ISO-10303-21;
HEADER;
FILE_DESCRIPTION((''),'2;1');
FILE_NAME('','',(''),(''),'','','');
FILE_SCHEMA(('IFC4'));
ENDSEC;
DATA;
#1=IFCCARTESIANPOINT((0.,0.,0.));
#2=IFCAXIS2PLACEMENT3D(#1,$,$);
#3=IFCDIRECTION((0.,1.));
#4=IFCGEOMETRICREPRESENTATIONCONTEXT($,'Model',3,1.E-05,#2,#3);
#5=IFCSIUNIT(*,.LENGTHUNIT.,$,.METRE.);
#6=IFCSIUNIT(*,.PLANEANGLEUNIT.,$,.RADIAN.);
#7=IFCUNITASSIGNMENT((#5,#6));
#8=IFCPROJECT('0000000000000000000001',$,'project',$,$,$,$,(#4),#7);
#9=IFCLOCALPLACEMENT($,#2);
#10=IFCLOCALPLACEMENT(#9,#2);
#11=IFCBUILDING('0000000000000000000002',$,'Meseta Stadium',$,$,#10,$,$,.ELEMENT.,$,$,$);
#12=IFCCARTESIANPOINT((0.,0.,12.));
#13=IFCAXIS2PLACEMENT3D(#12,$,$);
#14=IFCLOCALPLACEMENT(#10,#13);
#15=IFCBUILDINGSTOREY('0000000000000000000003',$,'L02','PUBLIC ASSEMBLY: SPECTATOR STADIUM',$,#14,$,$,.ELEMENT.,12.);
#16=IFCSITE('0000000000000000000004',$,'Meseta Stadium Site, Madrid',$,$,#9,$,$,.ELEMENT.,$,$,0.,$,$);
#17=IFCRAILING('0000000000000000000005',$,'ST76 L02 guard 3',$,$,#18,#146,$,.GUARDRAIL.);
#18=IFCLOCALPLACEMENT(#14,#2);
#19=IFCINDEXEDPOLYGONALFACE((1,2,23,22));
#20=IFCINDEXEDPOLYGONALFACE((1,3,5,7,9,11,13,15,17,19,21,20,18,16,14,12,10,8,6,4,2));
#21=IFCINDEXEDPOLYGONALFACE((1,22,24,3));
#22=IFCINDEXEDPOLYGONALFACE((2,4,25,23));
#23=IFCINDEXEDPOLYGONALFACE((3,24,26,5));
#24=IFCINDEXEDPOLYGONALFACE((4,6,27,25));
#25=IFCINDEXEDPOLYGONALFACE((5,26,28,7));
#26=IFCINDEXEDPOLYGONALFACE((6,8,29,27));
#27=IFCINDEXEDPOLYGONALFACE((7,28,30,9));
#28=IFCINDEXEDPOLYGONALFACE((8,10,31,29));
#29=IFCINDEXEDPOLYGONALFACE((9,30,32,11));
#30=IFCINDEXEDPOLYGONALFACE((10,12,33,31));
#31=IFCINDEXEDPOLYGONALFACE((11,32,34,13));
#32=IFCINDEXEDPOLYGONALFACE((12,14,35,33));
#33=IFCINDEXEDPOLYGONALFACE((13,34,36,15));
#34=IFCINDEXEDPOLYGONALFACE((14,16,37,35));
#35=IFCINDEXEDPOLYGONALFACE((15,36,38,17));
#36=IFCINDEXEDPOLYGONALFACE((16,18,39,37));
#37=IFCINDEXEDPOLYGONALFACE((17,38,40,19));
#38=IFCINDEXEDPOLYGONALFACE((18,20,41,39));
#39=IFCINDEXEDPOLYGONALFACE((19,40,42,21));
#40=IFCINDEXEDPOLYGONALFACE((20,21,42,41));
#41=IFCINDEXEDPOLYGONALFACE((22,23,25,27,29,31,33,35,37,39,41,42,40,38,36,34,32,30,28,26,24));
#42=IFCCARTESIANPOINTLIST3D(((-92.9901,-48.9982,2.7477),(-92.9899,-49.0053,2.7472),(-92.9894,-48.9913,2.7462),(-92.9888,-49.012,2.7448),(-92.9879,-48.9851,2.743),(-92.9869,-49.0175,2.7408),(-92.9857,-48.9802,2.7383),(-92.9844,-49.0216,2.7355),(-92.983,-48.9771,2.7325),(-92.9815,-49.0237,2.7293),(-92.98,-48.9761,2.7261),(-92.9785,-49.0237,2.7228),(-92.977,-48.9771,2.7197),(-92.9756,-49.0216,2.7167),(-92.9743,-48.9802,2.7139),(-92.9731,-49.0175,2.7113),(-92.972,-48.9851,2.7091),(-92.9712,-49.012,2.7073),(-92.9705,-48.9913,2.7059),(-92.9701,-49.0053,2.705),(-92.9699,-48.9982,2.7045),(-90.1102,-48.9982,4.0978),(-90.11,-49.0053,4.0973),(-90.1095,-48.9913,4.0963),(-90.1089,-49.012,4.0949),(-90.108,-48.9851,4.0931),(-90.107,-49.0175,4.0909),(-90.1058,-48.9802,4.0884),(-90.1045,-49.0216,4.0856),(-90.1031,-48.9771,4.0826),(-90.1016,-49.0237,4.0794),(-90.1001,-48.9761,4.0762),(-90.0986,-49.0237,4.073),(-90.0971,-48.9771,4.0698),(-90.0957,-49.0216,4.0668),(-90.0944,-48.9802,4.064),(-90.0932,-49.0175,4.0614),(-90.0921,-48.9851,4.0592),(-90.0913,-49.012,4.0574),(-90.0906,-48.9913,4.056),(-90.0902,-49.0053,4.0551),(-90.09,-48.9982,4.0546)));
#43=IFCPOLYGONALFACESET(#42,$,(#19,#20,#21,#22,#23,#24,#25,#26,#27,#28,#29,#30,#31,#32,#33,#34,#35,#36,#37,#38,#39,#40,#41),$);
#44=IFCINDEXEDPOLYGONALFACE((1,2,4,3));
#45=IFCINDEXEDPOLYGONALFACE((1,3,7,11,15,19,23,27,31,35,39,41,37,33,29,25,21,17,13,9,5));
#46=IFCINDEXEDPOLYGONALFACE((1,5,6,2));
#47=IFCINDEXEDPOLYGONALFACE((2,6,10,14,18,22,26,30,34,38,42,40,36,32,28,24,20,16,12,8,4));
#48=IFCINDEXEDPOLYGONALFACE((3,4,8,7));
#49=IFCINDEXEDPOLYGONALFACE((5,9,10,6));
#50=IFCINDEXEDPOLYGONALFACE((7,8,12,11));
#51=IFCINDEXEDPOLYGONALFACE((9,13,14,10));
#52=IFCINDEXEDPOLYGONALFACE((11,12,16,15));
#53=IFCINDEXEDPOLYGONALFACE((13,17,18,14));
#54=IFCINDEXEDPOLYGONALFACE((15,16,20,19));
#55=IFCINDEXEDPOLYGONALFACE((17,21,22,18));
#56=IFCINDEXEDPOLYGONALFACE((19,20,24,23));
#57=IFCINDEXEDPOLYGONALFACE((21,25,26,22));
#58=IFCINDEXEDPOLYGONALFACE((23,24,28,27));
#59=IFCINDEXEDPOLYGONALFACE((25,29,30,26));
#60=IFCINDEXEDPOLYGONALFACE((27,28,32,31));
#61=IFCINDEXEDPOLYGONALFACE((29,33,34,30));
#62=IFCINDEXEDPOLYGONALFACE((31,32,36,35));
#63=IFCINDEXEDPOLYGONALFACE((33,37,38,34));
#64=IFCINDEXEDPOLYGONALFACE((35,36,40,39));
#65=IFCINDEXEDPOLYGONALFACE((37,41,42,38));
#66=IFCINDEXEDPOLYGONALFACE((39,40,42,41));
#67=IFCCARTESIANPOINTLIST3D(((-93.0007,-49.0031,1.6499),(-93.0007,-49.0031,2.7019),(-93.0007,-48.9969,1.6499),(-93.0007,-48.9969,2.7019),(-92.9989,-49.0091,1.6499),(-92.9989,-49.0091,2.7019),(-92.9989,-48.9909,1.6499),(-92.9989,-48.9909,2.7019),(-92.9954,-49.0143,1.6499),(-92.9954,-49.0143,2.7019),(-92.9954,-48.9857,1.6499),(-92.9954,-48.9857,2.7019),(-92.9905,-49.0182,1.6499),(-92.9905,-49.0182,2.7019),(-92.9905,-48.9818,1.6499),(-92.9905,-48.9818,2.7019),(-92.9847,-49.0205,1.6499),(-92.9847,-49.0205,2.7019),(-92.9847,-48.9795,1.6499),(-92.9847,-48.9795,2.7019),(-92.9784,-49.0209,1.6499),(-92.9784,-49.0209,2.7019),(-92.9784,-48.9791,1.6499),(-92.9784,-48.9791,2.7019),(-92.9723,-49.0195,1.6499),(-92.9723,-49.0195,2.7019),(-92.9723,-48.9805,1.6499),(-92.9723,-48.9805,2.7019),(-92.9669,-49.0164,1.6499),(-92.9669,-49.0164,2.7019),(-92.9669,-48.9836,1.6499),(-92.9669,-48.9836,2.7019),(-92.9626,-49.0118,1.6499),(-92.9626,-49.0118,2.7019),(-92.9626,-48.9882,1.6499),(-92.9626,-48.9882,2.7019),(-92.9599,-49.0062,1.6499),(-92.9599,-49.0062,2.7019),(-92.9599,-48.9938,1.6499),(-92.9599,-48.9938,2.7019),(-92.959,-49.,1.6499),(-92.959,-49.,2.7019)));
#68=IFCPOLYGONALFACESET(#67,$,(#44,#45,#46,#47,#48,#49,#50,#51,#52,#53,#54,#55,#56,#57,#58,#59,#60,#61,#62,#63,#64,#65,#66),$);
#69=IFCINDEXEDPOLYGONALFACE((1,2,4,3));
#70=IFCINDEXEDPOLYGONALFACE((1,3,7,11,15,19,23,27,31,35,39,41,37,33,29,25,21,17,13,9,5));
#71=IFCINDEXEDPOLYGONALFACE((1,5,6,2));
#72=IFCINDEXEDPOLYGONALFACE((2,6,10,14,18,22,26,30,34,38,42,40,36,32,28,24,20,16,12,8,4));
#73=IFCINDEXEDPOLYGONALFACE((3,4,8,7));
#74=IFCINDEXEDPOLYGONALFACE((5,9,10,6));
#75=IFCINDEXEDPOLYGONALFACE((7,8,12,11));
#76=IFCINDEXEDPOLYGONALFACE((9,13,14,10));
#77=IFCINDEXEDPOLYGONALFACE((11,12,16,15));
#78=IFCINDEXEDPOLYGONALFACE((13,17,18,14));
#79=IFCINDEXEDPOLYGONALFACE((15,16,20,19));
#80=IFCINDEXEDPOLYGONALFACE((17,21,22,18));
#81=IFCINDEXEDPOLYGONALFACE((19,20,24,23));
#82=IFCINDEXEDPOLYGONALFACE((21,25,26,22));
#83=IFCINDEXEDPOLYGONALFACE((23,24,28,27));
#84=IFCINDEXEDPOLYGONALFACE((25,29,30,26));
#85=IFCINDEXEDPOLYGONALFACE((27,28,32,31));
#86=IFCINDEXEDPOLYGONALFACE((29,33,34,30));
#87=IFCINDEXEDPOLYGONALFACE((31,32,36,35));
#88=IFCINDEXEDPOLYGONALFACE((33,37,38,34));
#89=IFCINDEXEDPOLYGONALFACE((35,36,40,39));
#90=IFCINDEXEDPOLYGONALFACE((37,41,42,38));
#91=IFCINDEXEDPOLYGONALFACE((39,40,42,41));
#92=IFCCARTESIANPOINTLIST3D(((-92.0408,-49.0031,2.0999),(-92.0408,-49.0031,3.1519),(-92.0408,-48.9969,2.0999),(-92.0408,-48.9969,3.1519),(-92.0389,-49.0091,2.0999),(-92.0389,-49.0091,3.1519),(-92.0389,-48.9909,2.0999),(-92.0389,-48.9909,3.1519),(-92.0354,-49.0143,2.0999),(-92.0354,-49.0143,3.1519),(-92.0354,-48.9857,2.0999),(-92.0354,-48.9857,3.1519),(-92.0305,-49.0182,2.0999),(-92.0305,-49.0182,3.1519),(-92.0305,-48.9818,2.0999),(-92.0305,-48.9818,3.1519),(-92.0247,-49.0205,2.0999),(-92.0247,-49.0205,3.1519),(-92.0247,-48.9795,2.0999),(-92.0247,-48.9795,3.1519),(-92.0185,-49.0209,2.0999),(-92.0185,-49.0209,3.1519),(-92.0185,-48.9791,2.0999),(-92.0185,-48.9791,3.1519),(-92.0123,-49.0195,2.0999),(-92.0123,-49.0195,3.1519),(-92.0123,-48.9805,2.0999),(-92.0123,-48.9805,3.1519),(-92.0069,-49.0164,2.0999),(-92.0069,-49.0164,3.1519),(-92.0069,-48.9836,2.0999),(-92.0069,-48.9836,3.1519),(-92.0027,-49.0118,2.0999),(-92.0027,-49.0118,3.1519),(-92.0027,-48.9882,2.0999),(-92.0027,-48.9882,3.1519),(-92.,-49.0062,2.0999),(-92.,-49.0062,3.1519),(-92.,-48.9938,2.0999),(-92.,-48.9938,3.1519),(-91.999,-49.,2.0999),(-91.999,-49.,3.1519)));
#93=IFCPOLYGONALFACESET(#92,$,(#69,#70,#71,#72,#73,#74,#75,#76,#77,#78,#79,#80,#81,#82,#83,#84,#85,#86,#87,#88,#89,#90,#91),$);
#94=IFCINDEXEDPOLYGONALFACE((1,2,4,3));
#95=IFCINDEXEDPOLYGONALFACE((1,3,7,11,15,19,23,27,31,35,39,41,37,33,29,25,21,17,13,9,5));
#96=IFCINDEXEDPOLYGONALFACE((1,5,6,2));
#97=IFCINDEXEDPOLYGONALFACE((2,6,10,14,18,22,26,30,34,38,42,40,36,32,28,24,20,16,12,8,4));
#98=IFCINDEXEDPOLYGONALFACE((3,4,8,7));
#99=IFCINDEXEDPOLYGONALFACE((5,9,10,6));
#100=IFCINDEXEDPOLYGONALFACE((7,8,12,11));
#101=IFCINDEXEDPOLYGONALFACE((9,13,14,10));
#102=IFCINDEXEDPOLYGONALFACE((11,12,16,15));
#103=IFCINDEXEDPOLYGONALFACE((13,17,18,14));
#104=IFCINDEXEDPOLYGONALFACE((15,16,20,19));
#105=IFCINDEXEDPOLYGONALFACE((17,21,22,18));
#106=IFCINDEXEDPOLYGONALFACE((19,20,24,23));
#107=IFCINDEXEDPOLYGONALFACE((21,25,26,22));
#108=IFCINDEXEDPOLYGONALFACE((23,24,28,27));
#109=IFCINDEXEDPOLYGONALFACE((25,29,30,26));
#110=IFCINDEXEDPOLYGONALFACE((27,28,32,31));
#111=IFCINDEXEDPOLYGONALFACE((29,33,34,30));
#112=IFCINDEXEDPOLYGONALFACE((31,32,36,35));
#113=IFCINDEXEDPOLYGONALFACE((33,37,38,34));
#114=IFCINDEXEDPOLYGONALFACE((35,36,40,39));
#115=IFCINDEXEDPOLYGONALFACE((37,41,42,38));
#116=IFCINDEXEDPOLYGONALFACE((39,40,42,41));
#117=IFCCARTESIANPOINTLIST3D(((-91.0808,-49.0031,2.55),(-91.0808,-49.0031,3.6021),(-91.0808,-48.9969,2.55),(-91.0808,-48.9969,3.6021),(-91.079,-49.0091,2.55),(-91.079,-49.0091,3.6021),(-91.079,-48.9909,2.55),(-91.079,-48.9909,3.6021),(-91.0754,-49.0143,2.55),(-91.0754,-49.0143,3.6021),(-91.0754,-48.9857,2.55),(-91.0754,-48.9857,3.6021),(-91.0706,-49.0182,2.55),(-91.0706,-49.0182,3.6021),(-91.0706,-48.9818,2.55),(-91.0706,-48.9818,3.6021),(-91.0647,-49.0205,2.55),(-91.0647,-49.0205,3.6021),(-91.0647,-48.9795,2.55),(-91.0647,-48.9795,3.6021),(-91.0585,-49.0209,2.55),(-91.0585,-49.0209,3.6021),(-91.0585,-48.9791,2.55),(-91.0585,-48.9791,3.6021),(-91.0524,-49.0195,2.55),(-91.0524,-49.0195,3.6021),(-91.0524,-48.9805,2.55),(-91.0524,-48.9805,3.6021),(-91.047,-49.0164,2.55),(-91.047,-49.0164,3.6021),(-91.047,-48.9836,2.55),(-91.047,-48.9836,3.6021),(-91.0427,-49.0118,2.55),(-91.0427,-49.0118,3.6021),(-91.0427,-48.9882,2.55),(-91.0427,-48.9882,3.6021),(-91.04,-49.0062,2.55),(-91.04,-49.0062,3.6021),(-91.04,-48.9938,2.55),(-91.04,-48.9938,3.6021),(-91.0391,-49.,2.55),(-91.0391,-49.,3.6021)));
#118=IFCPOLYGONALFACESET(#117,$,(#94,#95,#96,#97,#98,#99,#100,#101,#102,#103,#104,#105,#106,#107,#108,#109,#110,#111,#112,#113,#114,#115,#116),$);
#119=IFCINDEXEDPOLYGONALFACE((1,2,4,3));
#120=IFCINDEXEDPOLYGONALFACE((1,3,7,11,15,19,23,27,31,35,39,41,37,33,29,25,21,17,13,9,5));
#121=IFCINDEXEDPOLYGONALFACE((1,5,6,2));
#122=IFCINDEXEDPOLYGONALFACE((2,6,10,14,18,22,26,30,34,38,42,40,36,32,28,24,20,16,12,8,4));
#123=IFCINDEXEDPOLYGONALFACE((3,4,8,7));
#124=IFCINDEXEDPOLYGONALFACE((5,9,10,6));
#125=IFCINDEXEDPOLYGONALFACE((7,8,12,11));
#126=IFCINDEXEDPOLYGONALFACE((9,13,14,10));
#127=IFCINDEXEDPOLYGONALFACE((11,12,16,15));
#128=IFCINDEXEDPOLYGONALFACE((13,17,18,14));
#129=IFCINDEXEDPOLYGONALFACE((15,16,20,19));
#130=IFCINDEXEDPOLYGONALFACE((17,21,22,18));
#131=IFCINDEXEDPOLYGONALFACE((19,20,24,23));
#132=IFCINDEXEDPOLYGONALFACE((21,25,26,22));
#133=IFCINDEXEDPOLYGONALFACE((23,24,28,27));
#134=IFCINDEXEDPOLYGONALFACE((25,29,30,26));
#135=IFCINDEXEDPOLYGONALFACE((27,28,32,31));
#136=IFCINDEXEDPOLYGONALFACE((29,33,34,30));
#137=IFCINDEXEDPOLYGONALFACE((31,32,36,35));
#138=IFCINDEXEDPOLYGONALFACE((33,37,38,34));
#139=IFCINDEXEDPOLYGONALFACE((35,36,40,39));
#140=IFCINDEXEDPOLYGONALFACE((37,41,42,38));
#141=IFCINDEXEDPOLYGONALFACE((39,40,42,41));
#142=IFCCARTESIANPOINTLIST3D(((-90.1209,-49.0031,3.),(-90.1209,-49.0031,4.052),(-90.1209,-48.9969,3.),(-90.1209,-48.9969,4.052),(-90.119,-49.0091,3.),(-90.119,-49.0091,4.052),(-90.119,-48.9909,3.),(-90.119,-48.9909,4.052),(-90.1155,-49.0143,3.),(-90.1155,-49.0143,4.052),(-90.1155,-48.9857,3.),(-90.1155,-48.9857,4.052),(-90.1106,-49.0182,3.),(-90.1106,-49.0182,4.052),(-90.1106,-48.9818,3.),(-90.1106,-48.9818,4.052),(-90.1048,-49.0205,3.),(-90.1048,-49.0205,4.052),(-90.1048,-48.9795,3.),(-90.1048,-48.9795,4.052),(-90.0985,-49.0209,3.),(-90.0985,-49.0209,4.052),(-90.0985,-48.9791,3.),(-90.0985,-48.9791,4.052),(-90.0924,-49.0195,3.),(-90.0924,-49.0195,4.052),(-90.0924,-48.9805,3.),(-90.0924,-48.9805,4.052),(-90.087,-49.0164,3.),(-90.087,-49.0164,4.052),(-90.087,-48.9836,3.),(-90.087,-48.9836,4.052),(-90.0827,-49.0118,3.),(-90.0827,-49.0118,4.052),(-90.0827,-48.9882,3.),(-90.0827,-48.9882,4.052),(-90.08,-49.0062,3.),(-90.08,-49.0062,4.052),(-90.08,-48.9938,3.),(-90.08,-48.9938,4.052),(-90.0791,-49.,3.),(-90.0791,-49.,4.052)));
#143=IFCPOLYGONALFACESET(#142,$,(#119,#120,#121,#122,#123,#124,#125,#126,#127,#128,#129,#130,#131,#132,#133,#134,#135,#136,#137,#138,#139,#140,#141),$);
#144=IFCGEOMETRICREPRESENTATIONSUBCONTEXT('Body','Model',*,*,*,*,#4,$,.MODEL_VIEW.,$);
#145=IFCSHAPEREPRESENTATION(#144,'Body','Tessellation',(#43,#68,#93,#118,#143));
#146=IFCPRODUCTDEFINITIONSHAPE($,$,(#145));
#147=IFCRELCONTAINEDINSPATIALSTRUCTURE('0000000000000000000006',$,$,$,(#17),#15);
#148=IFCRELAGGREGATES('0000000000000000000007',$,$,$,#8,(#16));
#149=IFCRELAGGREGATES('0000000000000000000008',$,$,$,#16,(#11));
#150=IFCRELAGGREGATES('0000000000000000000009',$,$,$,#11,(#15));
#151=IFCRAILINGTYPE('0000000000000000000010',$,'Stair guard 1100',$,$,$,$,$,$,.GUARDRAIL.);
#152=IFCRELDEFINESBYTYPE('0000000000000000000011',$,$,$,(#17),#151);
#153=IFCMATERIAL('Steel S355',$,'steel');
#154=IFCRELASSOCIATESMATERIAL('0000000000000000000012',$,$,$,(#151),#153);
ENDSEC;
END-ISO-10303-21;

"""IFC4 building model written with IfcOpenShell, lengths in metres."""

from ifc_helpers import new_model, si_unit, direction, frame, origin, origin_2d, place, context, subcontext, project, spatial, circle, extrude, material, type_object, element, save


model = new_model("IFC4")

# Units and contexts
model_context = context("Model", 3, precision=1e-05, world=origin(), true_north=direction((0.0, 1.0)))
body_context = subcontext(model_context, "Body", "Model", "MODEL_VIEW")
ifc_project = project(units=[si_unit("LENGTHUNIT", "METRE"), si_unit("PLANEANGLEUNIT", "RADIAN")], contexts=[model_context])

# Site, building, storey
site_placement = place(None, origin())
site = spatial("IfcSite", under=ifc_project, at=site_placement, Name="Meseta Stadium Site, Madrid", CompositionType="ELEMENT", RefElevation=0.0)
building_placement = place(site_placement, origin())
building = spatial("IfcBuilding", under=site, at=building_placement, Name="Meseta Stadium", CompositionType="ELEMENT")
storey_placement = place(building_placement, frame((0.0, 0.0, 12.0)))
storey = spatial("IfcBuildingStorey", under=building, at=storey_placement, Name="L02", Description="PUBLIC ASSEMBLY: SPECTATOR STADIUM", CompositionType="ELEMENT", Elevation=12.0)

# Railing
ifc_material_1 = material(Name="Steel S355", Category="steel")
railing_type_1 = type_object("IfcRailingType", Name="Stair guard 1100", PredefinedType="GUARDRAIL", material=ifc_material_1)
railing_1_placement = place(storey_placement, frame((-92.98, -49.0, 1.6499)))
element("IfcRailing", 1, at=railing_1_placement, inside=storey, type_object=railing_type_1, Name="ST76 L02 guard 3", PredefinedType="GUARDRAIL", context=body_context, shape_type="SweptSolid", body=[
    extrude(circle(Radius=0.0239, at=origin_2d()), frame((0.0, 0.0, 1.0762), z_axis=(0.90544, 0.0, 0.424473), x_axis=(0.0, 1.0, 0.0)), (0.0, 0.0, 1.0), 3.1807),
    extrude(circle(Radius=0.021, at=origin_2d()), origin(), (0.0, 0.0, 1.0), 1.052),
    extrude(circle(Radius=0.021, at=origin_2d()), frame((0.96, 0.0, 0.45)), (0.0, 0.0, 1.0), 1.052),
    extrude(circle(Radius=0.021, at=origin_2d()), frame((1.9199, 0.0, 0.9001)), (0.0, 0.0, 1.0), 1.052),
    extrude(circle(Radius=0.021, at=origin_2d()), frame((2.8799, 0.0, 1.3501)), (0.0, 0.0, 1.0), 1.052),
])

save(model, "model.ifc")
